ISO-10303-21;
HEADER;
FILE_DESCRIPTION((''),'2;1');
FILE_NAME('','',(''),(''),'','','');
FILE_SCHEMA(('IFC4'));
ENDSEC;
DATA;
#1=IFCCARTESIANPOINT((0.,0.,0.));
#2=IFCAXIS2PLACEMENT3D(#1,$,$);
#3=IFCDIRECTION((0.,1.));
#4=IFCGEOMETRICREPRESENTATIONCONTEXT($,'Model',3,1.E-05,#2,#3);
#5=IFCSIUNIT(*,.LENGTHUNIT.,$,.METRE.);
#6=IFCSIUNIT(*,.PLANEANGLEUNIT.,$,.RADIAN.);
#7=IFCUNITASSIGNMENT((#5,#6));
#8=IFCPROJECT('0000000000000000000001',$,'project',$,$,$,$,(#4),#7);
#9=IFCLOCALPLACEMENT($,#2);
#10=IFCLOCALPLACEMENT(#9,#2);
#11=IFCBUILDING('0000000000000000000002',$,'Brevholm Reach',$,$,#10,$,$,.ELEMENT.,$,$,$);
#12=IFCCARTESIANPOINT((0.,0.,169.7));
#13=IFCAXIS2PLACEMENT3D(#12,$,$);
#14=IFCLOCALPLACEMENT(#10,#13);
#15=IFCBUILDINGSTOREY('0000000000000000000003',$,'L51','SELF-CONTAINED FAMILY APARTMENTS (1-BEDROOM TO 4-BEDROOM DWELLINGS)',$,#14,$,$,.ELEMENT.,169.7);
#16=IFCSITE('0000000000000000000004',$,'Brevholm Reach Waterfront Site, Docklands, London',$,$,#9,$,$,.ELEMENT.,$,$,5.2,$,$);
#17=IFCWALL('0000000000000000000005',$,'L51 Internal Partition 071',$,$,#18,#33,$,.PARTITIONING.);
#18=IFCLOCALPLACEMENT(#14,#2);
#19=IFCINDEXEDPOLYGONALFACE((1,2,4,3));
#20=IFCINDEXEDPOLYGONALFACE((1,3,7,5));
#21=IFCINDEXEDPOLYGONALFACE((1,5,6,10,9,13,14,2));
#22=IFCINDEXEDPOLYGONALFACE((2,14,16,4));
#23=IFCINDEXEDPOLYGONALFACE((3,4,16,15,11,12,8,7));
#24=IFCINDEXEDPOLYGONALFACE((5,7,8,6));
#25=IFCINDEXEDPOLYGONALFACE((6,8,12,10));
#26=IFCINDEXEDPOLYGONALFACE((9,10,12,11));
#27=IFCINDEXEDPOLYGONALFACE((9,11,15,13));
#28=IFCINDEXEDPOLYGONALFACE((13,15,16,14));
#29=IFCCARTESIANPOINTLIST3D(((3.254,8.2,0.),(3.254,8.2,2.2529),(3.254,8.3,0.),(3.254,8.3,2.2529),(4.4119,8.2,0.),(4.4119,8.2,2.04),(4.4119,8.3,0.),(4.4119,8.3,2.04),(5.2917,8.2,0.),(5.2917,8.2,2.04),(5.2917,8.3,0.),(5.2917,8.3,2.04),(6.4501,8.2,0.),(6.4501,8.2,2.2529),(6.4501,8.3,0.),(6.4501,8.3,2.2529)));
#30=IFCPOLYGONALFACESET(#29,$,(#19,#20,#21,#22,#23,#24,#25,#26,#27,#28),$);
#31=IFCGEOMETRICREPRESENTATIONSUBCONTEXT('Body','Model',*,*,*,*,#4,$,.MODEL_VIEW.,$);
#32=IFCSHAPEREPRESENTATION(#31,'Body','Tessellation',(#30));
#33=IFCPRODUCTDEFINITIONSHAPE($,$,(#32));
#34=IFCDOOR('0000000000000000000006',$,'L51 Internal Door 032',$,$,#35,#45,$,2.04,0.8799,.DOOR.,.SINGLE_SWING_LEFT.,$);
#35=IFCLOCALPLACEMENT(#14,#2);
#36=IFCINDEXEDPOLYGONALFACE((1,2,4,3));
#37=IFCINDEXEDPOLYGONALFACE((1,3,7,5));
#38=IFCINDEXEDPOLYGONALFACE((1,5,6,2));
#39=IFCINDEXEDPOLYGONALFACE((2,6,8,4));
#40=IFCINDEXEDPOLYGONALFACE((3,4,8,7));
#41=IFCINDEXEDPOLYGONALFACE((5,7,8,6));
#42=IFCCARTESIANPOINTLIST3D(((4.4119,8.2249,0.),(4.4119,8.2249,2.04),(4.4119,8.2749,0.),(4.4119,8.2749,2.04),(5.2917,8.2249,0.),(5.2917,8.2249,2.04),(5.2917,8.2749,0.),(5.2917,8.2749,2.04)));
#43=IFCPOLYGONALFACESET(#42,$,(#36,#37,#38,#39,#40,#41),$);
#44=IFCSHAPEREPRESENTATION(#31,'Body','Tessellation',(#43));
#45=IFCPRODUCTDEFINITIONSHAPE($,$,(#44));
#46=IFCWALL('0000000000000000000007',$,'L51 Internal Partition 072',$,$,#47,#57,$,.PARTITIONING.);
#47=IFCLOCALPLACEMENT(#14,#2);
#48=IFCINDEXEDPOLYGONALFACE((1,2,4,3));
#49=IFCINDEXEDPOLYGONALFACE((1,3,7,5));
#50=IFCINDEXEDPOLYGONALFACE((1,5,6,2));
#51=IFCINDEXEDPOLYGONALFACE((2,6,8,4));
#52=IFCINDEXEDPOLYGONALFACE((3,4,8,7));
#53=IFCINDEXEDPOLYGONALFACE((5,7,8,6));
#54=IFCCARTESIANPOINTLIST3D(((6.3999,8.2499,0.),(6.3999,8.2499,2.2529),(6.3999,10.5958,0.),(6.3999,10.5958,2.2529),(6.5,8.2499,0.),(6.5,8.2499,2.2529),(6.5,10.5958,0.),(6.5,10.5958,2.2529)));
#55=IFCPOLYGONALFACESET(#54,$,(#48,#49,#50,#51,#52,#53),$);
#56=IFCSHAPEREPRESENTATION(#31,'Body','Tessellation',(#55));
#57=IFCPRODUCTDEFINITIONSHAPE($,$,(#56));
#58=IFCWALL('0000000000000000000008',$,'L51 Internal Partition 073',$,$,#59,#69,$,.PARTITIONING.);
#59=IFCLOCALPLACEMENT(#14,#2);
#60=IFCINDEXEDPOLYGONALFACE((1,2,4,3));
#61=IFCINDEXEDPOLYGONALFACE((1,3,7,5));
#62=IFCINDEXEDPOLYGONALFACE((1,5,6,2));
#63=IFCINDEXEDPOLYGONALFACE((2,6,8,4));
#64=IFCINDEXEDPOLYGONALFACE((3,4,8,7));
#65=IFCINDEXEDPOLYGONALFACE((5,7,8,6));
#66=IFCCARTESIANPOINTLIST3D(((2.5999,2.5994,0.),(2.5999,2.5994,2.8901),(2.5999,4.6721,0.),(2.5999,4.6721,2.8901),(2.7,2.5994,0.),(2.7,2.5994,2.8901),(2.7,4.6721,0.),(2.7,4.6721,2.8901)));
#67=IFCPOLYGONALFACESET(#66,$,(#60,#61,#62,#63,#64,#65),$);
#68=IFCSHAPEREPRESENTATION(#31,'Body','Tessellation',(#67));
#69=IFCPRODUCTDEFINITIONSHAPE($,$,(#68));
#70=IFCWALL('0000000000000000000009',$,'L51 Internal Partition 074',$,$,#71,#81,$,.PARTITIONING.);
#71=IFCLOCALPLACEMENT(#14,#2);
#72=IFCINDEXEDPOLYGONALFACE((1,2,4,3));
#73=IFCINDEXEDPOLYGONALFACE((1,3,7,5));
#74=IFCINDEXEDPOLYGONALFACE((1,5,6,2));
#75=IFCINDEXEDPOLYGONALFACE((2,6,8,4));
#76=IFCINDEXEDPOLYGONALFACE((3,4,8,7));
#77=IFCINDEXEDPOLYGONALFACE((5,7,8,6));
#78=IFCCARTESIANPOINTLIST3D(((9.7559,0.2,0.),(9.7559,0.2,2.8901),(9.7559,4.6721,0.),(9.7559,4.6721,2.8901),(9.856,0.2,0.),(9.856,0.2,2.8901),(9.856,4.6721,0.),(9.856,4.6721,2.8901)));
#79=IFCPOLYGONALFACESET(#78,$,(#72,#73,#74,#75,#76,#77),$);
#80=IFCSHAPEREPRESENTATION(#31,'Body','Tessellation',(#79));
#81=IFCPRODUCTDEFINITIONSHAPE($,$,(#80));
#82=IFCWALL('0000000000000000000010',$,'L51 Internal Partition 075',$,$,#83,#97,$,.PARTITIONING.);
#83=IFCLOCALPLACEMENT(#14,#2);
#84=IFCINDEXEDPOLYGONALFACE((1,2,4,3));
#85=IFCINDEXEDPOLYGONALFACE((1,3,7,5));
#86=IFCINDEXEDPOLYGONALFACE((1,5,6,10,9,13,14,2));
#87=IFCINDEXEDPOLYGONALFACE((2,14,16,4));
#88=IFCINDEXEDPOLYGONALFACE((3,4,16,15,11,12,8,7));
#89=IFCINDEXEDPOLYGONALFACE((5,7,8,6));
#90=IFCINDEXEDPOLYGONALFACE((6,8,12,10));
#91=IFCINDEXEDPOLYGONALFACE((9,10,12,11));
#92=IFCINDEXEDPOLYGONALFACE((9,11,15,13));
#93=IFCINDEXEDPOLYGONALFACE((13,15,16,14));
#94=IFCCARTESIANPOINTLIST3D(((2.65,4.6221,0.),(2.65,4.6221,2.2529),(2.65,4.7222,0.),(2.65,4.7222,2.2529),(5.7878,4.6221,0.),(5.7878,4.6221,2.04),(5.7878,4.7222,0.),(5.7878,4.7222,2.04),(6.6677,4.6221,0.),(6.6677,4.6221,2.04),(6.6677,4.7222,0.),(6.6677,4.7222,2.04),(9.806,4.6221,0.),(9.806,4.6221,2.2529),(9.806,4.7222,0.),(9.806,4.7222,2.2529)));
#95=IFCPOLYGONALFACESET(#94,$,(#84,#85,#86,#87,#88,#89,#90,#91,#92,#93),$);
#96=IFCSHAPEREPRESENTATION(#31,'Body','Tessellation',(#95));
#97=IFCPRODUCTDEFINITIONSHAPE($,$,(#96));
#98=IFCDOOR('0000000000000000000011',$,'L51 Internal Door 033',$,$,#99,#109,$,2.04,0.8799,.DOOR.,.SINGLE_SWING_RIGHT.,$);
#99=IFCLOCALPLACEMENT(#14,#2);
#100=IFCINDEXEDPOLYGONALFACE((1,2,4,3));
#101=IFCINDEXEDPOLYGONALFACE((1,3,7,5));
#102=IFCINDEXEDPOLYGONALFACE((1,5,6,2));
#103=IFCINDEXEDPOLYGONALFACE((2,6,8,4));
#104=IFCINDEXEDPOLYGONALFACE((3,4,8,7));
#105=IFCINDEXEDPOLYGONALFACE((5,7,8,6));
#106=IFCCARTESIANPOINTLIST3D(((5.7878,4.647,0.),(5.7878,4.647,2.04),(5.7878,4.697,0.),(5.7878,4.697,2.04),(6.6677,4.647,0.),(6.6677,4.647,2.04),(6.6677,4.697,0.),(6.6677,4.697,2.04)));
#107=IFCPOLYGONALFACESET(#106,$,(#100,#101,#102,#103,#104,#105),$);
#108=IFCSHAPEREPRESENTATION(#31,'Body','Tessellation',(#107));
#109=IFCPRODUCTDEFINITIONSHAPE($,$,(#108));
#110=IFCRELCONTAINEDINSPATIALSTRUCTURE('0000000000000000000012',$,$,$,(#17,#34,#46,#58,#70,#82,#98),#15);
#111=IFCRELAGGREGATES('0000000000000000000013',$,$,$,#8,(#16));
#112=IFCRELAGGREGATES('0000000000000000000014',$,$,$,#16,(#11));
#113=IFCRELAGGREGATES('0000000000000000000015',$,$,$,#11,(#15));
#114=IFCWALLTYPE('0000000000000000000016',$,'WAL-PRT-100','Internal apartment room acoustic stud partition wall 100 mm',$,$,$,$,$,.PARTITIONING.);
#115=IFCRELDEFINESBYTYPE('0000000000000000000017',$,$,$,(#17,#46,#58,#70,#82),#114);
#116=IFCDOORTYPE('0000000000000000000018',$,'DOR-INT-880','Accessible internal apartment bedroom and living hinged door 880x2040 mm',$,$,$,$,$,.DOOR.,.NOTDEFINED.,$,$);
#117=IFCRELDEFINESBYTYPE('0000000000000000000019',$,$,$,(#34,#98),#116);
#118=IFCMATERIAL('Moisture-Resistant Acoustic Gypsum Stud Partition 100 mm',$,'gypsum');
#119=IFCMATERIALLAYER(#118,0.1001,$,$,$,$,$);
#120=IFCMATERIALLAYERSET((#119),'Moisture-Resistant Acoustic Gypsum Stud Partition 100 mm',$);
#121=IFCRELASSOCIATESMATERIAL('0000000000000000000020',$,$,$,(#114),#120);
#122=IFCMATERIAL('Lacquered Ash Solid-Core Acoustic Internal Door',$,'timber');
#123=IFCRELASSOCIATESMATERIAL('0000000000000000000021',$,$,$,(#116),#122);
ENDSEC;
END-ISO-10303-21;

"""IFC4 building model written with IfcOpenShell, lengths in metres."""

from ifc_helpers import new_model, si_unit, direction, frame, frame_2d, origin, place, context, subcontext, project, spatial, rectangle, extrude, material, layer, layer_set, type_object, element, fill, save


model = new_model("IFC4")

# Units and contexts
model_context = context("Model", 3, precision=1e-05, world=origin(), true_north=direction((0.0, 1.0)))
body_context = subcontext(model_context, "Body", "Model", "MODEL_VIEW")
ifc_project = project(units=[si_unit("LENGTHUNIT", "METRE"), si_unit("PLANEANGLEUNIT", "RADIAN")], contexts=[model_context])

# Site, building, storey
site_placement = place(None, origin())
site = spatial("IfcSite", under=ifc_project, at=site_placement, Name="Brevholm Reach Waterfront Site, Docklands, London", CompositionType="ELEMENT", RefElevation=5.2)
building_placement = place(site_placement, origin())
building = spatial("IfcBuilding", under=site, at=building_placement, Name="Brevholm Reach", CompositionType="ELEMENT")
storey_placement = place(building_placement, frame((0.0, 0.0, 169.7)))
storey = spatial("IfcBuildingStorey", under=building, at=storey_placement, Name="L51", Description="SELF-CONTAINED FAMILY APARTMENTS (1-BEDROOM TO 4-BEDROOM DWELLINGS)", CompositionType="ELEMENT", Elevation=169.7)

# Shared definitions
ifc_material_1 = material(Name="Moisture-Resistant Acoustic Gypsum Stud Partition 100 mm", Category="gypsum")
ifc_layer_1 = layer(ifc_material_1, 0.1001)
ifc_layer_set_1 = layer_set([ifc_layer_1], Name="Moisture-Resistant Acoustic Gypsum Stud Partition 100 mm")
wall_type_1 = type_object("IfcWallType", Name="WAL-PRT-100", Description="Internal apartment room acoustic stud partition wall 100 mm", PredefinedType="PARTITIONING", material=ifc_layer_set_1)

# Wall, opening, door
wall_1_placement = place(storey_placement, frame((3.2539, 8.25, 0.0), z_axis=(0.0, 0.0, 1.0), x_axis=(1.0, 0.0, 0.0)))
wall_1 = element("IfcWall", 1, at=wall_1_placement, inside=storey, type_object=wall_type_1, Name="L51 Internal Partition 071", PredefinedType="PARTITIONING", context=body_context, shape_type="SweptSolid", body=[
    extrude(rectangle(XDim=3.196, YDim=0.1001, at=frame_2d((1.5981, 0.0))), origin(), (0.0, 0.0, 1.0), 2.2529),
])
opening_1_placement = place(wall_1_placement, frame((1.158, 0.0, 0.0)))
opening_1 = element("IfcOpeningElement", 2, at=opening_1_placement, cuts=wall_1, PredefinedType="OPENING", context=body_context, shape_type="SweptSolid", body=[
    extrude(rectangle(XDim=0.8799, YDim=2.04, at=frame_2d((0.4399, 1.02))), frame((0.0, 0.0601, 0.0), z_axis=(0.0, -1.0, 0.0), x_axis=(1.0, 0.0, 0.0)), (0.0, 0.0, 1.0), 0.1201),
])
ifc_material_2 = material(Name="Lacquered Ash Solid-Core Acoustic Internal Door", Category="timber")
door_type_1 = type_object("IfcDoorType", Name="DOR-INT-880", Description="Accessible internal apartment bedroom and living hinged door 880x2040 mm", OperationType="NOTDEFINED", PredefinedType="DOOR", material=ifc_material_2)
door_1_placement = place(opening_1_placement, origin())
door_1 = element("IfcDoor", 3, at=door_1_placement, inside=storey, type_object=door_type_1, Name="L51 Internal Door 032", OperationType="SINGLE_SWING_LEFT", OverallHeight=2.04, OverallWidth=0.8799, PredefinedType="DOOR", context=body_context, shape_type="SweptSolid", body=[
    extrude(rectangle(XDim=0.8799, YDim=2.04, at=frame_2d((0.4399, 1.02))), frame((0.0, 0.0249, 0.0), z_axis=(0.0, -1.0, 0.0), x_axis=(1.0, 0.0, 0.0)), (0.0, 0.0, 1.0), 0.05),
])
fill(opening_1, door_1)

# Walls
wall_2_placement = place(storey_placement, frame((6.45, 8.25, 0.0), z_axis=(0.0, 0.0, 1.0), x_axis=(0.0, 1.0, 0.0)))
element("IfcWall", 4, at=wall_2_placement, inside=storey, type_object=wall_type_1, Name="L51 Internal Partition 072", PredefinedType="PARTITIONING", context=body_context, shape_type="SweptSolid", body=[
    extrude(rectangle(XDim=2.3459, YDim=0.1001, at=frame_2d((1.1729, 0.0))), origin(), (0.0, 0.0, 1.0), 2.2529),
])
wall_3_placement = place(storey_placement, frame((2.6499, 2.5994, 0.0), z_axis=(0.0, 0.0, 1.0), x_axis=(0.0, 1.0, 0.0)))
element("IfcWall", 5, at=wall_3_placement, inside=storey, type_object=wall_type_1, Name="L51 Internal Partition 073", PredefinedType="PARTITIONING", context=body_context, shape_type="SweptSolid", body=[
    extrude(rectangle(XDim=2.0728, YDim=0.1001, at=frame_2d((1.0364, 0.0))), origin(), (0.0, 0.0, 1.0), 2.8901),
])
wall_4_placement = place(storey_placement, frame((9.8059, 0.2, 0.0), z_axis=(0.0, 0.0, 1.0), x_axis=(0.0, 1.0, 0.0)))
element("IfcWall", 6, at=wall_4_placement, inside=storey, type_object=wall_type_1, Name="L51 Internal Partition 074", PredefinedType="PARTITIONING", context=body_context, shape_type="SweptSolid", body=[
    extrude(rectangle(XDim=4.4722, YDim=0.1001, at=frame_2d((2.2361, 0.0))), origin(), (0.0, 0.0, 1.0), 2.8901),
])

# Wall, opening, door
wall_5_placement = place(storey_placement, frame((2.6499, 4.6721, 0.0), z_axis=(0.0, 0.0, 1.0), x_axis=(1.0, 0.0, 0.0)))
wall_5 = element("IfcWall", 7, at=wall_5_placement, inside=storey, type_object=wall_type_1, Name="L51 Internal Partition 075", PredefinedType="PARTITIONING", context=body_context, shape_type="SweptSolid", body=[
    extrude(rectangle(XDim=7.156, YDim=0.1001, at=frame_2d((3.5781, 0.0))), origin(), (0.0, 0.0, 1.0), 2.2529),
])
opening_2_placement = place(wall_5_placement, frame((3.1379, 0.0, 0.0)))
opening_2 = element("IfcOpeningElement", 8, at=opening_2_placement, cuts=wall_5, PredefinedType="OPENING", context=body_context, shape_type="SweptSolid", body=[
    extrude(rectangle(XDim=0.8799, YDim=2.04, at=frame_2d((0.4399, 1.02))), frame((0.0, 0.0601, 0.0), z_axis=(0.0, -1.0, 0.0), x_axis=(1.0, 0.0, 0.0)), (0.0, 0.0, 1.0), 0.1201),
])
door_2_placement = place(opening_2_placement, origin())
door_2 = element("IfcDoor", 9, at=door_2_placement, inside=storey, type_object=door_type_1, Name="L51 Internal Door 033", OperationType="SINGLE_SWING_RIGHT", OverallHeight=2.04, OverallWidth=0.8799, PredefinedType="DOOR", context=body_context, shape_type="SweptSolid", body=[
    extrude(rectangle(XDim=0.8799, YDim=2.04, at=frame_2d((0.4399, 1.02))), frame((0.0, 0.0249, 0.0), z_axis=(0.0, -1.0, 0.0), x_axis=(1.0, 0.0, 0.0)), (0.0, 0.0, 1.0), 0.05),
])
fill(opening_2, door_2)

save(model, "model.ifc")
